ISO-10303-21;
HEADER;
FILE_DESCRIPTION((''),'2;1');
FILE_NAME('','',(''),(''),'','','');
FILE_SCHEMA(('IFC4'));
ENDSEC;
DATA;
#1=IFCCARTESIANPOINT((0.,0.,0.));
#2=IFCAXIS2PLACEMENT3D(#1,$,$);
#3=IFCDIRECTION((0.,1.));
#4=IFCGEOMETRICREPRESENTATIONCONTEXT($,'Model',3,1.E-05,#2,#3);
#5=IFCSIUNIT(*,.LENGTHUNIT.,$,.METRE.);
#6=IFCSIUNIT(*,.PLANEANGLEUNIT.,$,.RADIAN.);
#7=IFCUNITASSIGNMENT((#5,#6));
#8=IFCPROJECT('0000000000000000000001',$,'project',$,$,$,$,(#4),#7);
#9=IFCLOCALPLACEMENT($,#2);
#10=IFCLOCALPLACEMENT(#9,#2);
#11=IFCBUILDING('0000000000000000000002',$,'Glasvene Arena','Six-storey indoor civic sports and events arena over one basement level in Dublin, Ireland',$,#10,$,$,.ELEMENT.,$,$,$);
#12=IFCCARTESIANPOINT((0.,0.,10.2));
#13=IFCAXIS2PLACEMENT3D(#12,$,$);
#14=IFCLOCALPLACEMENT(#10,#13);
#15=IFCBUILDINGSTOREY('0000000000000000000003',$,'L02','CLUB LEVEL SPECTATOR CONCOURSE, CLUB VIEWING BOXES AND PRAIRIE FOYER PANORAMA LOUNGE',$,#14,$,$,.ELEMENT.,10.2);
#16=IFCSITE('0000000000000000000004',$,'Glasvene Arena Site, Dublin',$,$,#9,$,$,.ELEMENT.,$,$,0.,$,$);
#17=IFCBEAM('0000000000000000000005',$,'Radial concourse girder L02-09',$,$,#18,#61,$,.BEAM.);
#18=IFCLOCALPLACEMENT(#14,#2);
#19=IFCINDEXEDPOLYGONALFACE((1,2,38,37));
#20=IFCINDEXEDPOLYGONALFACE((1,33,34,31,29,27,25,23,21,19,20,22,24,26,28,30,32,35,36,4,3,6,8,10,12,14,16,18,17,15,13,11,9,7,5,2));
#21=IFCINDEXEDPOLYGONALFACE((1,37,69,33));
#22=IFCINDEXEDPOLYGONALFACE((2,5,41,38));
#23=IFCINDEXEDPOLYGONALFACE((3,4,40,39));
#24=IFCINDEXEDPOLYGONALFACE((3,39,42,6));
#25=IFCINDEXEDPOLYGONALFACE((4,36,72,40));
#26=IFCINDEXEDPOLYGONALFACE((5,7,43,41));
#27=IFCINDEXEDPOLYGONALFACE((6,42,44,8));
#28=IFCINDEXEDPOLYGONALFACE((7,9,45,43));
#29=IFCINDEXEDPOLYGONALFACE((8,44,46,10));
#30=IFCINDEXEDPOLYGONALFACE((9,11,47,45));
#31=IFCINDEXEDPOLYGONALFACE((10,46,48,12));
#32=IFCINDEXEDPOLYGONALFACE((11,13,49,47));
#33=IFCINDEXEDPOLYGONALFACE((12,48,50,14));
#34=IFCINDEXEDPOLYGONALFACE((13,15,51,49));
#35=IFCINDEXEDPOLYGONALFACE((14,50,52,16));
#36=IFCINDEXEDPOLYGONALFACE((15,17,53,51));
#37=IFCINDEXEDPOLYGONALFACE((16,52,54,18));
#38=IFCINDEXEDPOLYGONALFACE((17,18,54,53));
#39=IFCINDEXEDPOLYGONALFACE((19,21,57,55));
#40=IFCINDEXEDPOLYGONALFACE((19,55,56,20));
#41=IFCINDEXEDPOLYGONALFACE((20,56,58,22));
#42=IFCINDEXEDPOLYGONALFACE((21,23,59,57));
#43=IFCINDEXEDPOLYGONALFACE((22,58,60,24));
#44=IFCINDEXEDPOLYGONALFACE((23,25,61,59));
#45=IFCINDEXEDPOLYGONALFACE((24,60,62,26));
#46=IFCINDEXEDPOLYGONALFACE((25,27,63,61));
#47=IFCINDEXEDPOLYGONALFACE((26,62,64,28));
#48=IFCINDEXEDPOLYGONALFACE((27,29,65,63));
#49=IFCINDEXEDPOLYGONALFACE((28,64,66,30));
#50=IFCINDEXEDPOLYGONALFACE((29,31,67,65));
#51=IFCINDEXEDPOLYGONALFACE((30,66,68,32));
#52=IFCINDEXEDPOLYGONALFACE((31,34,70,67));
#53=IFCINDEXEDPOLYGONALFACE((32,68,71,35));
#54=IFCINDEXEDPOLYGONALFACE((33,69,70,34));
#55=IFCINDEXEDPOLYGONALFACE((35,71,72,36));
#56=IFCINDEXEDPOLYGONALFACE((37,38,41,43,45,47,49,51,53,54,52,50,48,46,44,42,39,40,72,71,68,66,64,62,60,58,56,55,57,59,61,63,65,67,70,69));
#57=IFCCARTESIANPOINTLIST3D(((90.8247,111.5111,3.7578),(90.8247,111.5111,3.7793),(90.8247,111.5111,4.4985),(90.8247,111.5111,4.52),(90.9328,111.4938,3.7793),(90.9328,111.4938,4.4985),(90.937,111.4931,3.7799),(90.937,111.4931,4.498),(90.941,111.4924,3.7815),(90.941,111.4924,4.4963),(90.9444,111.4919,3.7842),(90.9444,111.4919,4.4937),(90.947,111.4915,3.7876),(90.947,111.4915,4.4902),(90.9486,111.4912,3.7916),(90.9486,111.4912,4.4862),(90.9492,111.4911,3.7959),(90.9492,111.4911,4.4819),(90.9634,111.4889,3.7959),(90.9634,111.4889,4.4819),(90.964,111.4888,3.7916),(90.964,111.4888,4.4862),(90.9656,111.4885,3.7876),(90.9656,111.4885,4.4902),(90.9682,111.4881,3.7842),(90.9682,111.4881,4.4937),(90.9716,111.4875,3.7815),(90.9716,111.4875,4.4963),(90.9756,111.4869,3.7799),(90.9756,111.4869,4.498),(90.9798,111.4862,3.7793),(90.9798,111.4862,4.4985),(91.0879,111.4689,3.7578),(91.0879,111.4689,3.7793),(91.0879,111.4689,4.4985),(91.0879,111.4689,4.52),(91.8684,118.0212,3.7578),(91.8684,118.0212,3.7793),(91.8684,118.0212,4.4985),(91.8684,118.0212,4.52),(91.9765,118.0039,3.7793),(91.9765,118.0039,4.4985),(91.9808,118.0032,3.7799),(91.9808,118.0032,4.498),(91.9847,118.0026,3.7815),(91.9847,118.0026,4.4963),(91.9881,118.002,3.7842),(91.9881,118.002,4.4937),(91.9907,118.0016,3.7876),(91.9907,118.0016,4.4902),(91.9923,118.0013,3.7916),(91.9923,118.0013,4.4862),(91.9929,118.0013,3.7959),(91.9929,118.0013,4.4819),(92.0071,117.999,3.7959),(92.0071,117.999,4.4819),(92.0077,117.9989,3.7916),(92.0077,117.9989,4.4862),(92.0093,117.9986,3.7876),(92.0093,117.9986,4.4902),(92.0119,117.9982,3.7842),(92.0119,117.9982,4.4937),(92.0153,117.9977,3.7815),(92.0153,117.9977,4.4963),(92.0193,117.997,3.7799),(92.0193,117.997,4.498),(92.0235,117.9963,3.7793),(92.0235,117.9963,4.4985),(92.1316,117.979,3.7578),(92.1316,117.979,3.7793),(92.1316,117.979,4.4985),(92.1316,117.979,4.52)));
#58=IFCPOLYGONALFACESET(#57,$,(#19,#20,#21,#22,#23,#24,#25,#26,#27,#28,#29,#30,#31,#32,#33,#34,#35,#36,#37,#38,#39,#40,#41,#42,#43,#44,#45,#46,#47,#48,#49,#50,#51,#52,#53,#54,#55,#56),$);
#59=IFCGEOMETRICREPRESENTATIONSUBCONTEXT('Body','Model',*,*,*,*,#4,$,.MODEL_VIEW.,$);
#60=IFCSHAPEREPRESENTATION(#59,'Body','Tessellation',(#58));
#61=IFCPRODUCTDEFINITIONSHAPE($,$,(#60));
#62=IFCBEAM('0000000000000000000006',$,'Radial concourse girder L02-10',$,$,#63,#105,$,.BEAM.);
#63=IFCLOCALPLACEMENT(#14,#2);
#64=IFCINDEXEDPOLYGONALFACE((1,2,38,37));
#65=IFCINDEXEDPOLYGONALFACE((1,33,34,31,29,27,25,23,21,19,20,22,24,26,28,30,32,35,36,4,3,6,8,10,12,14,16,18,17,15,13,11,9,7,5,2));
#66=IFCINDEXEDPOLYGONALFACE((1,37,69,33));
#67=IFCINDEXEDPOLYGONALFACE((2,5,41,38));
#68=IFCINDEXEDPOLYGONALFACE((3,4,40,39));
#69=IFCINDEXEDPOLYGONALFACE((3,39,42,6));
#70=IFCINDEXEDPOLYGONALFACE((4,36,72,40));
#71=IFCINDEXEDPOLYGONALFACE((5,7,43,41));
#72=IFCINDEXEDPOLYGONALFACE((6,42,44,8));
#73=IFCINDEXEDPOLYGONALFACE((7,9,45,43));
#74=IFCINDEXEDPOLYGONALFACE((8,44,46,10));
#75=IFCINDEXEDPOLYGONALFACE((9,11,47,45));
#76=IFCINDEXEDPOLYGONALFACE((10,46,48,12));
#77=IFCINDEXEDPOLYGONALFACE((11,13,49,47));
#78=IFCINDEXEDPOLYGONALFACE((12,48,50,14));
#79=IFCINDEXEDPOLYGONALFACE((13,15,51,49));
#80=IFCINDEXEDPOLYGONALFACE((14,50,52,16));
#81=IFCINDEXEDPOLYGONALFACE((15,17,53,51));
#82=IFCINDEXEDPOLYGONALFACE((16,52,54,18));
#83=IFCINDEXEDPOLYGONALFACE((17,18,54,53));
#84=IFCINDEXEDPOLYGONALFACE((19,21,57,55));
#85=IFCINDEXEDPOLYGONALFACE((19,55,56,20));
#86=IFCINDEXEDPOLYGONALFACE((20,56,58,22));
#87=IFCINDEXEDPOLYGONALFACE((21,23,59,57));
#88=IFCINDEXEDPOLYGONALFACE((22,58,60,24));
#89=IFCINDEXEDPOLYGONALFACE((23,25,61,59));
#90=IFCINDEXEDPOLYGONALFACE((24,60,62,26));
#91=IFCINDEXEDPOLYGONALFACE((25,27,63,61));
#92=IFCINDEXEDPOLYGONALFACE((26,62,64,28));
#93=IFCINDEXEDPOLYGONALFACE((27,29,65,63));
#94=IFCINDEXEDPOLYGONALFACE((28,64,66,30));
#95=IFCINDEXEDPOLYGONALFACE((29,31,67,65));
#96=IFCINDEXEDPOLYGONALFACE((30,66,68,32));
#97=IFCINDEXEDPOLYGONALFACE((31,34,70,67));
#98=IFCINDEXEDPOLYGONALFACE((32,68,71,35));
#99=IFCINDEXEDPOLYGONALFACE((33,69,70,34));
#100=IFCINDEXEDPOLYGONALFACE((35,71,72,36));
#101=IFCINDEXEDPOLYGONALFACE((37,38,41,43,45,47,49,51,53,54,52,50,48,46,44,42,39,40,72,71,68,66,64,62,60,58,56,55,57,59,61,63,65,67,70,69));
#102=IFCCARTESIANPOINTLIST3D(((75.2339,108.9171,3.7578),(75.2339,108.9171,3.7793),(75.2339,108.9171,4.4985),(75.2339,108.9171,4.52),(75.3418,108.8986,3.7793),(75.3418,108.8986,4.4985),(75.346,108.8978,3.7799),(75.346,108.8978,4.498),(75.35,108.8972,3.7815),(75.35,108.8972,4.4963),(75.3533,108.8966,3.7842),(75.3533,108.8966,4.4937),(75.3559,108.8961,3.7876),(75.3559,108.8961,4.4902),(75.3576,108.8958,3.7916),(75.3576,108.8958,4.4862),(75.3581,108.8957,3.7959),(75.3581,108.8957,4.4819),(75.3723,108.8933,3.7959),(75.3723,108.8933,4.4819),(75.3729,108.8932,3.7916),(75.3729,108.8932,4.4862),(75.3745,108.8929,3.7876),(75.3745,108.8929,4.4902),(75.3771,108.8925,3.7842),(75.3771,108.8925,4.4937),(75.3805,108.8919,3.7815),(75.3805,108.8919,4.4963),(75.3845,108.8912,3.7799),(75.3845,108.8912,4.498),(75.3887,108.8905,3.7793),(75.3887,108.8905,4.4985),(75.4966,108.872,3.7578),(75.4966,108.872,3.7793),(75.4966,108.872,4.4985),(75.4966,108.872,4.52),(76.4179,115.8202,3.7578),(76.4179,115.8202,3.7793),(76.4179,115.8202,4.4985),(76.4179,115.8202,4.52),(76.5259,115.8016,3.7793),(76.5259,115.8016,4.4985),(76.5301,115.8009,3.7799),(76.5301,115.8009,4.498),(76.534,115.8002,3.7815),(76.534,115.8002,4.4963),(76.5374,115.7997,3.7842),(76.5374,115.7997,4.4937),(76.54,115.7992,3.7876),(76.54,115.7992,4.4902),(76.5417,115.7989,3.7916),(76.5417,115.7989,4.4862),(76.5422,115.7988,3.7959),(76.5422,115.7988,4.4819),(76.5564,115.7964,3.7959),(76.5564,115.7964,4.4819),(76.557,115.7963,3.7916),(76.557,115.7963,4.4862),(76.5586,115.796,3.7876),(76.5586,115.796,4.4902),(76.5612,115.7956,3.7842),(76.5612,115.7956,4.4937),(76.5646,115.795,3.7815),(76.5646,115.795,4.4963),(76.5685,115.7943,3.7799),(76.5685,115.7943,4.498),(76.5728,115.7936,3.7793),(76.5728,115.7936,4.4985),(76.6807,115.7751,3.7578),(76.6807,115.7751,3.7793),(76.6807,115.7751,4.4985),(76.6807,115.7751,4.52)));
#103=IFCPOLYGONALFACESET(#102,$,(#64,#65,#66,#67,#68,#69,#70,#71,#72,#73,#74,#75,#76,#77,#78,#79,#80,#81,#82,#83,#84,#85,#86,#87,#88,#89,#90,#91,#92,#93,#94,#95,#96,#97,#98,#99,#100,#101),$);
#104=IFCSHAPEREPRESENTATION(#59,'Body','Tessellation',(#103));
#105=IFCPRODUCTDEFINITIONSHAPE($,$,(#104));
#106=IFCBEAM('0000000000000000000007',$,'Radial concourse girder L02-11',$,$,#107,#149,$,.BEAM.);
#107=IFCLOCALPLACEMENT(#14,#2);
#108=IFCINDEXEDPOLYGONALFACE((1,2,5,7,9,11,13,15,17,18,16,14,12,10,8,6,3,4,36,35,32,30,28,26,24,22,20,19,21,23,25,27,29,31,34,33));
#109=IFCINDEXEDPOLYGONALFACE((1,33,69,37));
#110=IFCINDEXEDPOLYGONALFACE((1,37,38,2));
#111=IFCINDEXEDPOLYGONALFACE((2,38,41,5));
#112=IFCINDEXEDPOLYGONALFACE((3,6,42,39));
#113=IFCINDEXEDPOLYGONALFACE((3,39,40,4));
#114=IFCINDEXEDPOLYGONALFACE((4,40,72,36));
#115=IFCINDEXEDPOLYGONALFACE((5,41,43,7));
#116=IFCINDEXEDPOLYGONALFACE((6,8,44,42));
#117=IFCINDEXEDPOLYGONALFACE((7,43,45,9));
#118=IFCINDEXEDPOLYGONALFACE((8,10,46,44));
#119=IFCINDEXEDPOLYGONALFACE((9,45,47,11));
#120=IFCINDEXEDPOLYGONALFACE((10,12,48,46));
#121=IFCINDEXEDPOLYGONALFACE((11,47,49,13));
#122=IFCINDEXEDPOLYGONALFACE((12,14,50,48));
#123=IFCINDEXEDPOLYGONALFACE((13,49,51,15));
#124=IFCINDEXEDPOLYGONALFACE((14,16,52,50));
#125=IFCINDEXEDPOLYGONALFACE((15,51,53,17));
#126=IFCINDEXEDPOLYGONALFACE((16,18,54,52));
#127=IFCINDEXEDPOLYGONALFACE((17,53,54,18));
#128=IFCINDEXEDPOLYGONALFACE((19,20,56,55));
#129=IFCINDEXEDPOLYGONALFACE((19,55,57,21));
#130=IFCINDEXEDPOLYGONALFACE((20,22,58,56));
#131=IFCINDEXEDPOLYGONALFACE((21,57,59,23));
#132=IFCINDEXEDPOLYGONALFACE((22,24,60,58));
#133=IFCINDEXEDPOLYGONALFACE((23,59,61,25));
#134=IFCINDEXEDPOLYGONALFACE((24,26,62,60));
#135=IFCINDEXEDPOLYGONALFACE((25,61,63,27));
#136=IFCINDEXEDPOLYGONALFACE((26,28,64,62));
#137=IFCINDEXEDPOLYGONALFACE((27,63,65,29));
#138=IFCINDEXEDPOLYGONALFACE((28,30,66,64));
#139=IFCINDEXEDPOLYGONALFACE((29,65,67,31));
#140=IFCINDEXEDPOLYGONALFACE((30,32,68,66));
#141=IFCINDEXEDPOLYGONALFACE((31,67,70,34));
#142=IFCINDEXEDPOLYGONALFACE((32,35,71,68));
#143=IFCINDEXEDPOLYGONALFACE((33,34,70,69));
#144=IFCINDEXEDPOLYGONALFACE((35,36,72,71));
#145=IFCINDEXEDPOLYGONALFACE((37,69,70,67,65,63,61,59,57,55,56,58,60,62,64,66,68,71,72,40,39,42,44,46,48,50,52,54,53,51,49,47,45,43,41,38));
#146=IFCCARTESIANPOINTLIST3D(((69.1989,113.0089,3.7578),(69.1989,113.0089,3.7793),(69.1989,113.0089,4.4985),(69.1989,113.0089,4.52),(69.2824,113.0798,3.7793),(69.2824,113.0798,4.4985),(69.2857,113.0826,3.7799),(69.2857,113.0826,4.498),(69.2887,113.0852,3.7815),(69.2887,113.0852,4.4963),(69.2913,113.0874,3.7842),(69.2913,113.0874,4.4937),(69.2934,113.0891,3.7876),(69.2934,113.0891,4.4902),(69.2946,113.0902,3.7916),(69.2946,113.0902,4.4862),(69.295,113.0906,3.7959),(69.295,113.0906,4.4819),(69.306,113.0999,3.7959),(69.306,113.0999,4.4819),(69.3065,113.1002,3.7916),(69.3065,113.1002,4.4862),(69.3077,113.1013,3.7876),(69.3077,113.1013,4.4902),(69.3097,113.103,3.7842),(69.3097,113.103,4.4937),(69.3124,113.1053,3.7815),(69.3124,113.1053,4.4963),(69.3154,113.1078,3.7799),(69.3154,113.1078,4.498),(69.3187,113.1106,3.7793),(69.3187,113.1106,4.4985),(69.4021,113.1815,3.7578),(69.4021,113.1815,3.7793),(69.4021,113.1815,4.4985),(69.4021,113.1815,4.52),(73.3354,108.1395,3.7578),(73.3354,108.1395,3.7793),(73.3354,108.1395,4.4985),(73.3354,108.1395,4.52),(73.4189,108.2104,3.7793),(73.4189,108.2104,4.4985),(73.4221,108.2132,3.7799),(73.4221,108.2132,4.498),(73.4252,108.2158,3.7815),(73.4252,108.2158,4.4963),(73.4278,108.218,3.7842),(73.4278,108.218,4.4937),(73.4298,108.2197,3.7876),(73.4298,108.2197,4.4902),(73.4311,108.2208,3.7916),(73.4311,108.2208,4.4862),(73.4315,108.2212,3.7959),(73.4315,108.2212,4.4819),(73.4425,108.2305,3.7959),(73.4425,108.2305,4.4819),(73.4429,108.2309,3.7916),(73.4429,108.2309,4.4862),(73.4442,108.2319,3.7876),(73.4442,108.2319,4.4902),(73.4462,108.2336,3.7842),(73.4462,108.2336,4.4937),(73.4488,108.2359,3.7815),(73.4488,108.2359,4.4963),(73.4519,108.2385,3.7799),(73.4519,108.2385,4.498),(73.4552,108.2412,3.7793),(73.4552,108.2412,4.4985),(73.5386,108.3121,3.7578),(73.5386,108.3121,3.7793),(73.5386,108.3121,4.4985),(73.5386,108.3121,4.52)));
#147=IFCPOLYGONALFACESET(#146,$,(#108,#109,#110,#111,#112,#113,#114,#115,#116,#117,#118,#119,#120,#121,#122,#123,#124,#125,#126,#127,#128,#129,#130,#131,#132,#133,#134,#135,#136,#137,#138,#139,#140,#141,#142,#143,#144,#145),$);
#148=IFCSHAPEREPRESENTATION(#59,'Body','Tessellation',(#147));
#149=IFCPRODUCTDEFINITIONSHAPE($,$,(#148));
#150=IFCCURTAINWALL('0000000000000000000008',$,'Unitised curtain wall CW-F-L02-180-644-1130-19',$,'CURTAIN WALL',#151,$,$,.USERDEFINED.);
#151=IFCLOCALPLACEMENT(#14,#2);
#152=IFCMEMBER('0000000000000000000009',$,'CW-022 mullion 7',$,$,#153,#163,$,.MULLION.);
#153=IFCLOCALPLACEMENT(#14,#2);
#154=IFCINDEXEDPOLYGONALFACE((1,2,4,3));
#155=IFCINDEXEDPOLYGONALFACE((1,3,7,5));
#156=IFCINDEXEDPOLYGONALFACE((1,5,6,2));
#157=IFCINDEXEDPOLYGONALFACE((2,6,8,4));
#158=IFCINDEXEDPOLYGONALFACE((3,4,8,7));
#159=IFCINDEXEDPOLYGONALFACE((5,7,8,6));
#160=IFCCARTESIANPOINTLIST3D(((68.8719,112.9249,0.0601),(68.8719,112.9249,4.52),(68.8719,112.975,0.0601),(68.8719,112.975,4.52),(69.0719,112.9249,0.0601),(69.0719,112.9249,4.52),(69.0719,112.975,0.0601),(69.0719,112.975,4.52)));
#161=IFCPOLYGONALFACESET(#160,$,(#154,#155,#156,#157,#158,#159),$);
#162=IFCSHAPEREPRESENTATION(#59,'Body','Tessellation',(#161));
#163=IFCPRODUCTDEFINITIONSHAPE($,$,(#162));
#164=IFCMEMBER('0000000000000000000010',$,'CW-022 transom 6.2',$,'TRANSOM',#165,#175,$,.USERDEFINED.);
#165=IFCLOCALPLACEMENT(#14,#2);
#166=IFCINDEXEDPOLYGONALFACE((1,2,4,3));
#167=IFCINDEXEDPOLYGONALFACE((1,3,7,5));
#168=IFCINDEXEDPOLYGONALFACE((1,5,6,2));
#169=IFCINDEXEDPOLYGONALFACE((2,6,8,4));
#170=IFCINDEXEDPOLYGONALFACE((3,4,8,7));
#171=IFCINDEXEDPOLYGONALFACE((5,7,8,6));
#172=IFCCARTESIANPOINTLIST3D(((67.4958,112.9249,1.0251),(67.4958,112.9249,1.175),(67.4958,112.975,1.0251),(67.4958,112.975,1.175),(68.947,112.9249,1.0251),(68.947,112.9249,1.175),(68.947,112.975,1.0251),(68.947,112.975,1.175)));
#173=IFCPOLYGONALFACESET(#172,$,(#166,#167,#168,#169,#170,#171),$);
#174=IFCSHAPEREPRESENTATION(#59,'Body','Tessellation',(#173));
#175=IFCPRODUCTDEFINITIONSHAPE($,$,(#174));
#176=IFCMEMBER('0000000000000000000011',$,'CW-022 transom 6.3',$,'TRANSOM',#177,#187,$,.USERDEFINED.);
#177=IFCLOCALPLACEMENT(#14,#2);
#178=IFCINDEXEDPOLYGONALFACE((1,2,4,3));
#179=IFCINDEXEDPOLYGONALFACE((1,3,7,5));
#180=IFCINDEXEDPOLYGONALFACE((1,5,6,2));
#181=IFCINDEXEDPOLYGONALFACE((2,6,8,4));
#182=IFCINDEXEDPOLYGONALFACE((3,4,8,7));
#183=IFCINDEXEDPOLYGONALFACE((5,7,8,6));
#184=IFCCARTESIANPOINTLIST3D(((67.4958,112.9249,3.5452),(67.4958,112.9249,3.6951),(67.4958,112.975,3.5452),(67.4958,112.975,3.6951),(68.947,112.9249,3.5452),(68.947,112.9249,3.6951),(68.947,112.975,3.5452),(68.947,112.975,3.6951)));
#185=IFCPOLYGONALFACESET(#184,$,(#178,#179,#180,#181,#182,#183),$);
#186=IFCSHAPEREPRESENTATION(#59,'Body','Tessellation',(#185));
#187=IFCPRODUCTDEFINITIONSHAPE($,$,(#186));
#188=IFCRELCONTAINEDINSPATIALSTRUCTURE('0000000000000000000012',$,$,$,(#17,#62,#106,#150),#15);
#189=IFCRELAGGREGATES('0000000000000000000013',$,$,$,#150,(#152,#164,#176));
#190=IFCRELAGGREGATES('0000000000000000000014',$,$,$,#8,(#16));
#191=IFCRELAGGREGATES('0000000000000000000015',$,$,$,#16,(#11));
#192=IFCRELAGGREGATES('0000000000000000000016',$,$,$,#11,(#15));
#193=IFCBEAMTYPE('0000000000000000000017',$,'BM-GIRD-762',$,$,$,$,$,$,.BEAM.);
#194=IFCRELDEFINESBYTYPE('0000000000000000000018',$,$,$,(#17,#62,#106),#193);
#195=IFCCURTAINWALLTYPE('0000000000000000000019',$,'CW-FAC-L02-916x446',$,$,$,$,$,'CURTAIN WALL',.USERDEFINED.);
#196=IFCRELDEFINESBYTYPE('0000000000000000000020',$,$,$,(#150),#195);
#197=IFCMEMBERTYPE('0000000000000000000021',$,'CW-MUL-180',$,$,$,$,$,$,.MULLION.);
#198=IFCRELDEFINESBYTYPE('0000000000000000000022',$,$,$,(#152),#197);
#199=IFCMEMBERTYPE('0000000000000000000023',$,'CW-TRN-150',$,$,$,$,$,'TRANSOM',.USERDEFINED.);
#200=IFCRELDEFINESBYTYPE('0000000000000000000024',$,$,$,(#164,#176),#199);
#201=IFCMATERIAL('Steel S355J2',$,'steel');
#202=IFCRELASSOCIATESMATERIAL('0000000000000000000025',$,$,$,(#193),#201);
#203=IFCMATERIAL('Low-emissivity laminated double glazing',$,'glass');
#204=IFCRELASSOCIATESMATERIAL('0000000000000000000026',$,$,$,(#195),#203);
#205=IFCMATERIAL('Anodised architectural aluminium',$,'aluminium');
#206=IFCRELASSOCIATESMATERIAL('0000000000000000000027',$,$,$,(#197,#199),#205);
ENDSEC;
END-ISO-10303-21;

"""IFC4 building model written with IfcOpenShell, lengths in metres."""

from ifc_helpers import new_model, si_unit, direction, frame, origin, origin_2d, place, context, subcontext, project, spatial, rectangle, i_section, extrude, material, material_profile, profile_set, type_object, element, aggregate, save


model = new_model("IFC4")

# Units and contexts
model_context = context("Model", 3, precision=1e-05, world=origin(), true_north=direction((0.0, 1.0)))
body_context = subcontext(model_context, "Body", "Model", "MODEL_VIEW")
ifc_project = project(units=[si_unit("LENGTHUNIT", "METRE"), si_unit("PLANEANGLEUNIT", "RADIAN")], contexts=[model_context])

# Site, building, storey
site_placement = place(None, origin())
site = spatial("IfcSite", under=ifc_project, at=site_placement, Name="Glasvene Arena Site, Dublin", CompositionType="ELEMENT", RefElevation=0.0)
building_placement = place(site_placement, origin())
building = spatial("IfcBuilding", under=site, at=building_placement, Name="Glasvene Arena", Description="Six-storey indoor civic sports and events arena over one basement level in Dublin, Ireland", CompositionType="ELEMENT")
storey_placement = place(building_placement, frame((0.0, 0.0, 10.2)))
storey = spatial("IfcBuildingStorey", under=building, at=storey_placement, Name="L02", Description="CLUB LEVEL SPECTATOR CONCOURSE, CLUB VIEWING BOXES AND PRAIRIE FOYER PANORAMA LOUNGE", CompositionType="ELEMENT", Elevation=10.2)

# Shared definitions
ifc_material_1 = material(Name="Steel S355J2", Category="steel")

# Beams
ifc_material_profile_1 = material_profile(ifc_material_1, i_section(OverallWidth=0.2666, OverallDepth=0.7622, WebThickness=0.0144, FlangeThickness=0.0215, FilletRadius=0.0166, at=origin_2d()), Name="UKB 762x267x173")
ifc_profile_set_1 = profile_set([ifc_material_profile_1], Name="Steel S355J2")
beam_type_1 = type_object("IfcBeamType", Name="BM-GIRD-762", PredefinedType="BEAM", material=ifc_profile_set_1)
beam_1_placement = place(storey_placement, frame((90.9563, 111.49, 4.1389), z_axis=(0.158301, 0.987391, 0.0), x_axis=(-0.987391, 0.158301, 0.0)))
element("IfcBeam", 1, at=beam_1_placement, inside=storey, type_object=beam_type_1, Name="Radial concourse girder L02-09", PredefinedType="BEAM", context=body_context, shape_type="SweptSolid", body=[
    extrude(i_section(OverallWidth=0.2666, OverallDepth=0.7622, WebThickness=0.0144, FlangeThickness=0.0215, FilletRadius=0.0166, at=origin_2d()), origin(), (0.0, 0.0, 1.0), 6.5933),
])
beam_2_placement = place(storey_placement, frame((75.3652, 108.8945, 4.1389), z_axis=(0.169061, 0.985606, 0.0), x_axis=(-0.985606, 0.169061, 0.0)))
element("IfcBeam", 2, at=beam_2_placement, inside=storey, type_object=beam_type_1, Name="Radial concourse girder L02-10", PredefinedType="BEAM", context=body_context, shape_type="SweptSolid", body=[
    extrude(i_section(OverallWidth=0.2666, OverallDepth=0.7622, WebThickness=0.0144, FlangeThickness=0.0215, FilletRadius=0.0166, at=origin_2d()), origin(), (0.0, 0.0, 1.0), 7.0039),
])
beam_3_placement = place(storey_placement, frame((73.437, 108.2258, 4.1389), z_axis=(-0.647421, 0.762133, 0.0), x_axis=(-0.762133, -0.647421, 0.0)))
element("IfcBeam", 3, at=beam_3_placement, inside=storey, type_object=beam_type_1, Name="Radial concourse girder L02-11", PredefinedType="BEAM", context=body_context, shape_type="SweptSolid", body=[
    extrude(i_section(OverallWidth=0.2666, OverallDepth=0.7622, WebThickness=0.0144, FlangeThickness=0.0215, FilletRadius=0.0166, at=origin_2d()), origin(), (0.0, 0.0, 1.0), 6.3892),
])

# Curtain wall, members
ifc_material_2 = material(Name="Low-emissivity laminated double glazing", Category="glass")
curtain_wall_type = type_object("IfcCurtainWallType", Name="CW-FAC-L02-916x446", ElementType="CURTAIN WALL", PredefinedType="USERDEFINED", material=ifc_material_2)
curtain_wall_placement = place(storey_placement, frame((59.8401, 112.95, 0.0)))
curtain_wall = element("IfcCurtainWall", 4, at=curtain_wall_placement, inside=storey, type_object=curtain_wall_type, Name="Unitised curtain wall CW-F-L02-180-644-1130-19", ObjectType="CURTAIN WALL", PredefinedType="USERDEFINED")
ifc_material_3 = material(Name="Anodised architectural aluminium", Category="aluminium")
ifc_material_profile_2 = material_profile(ifc_material_3, rectangle(XDim=0.05, YDim=0.2, at=origin_2d()), Name="ALU MULLION 50x200")
ifc_profile_set_2 = profile_set([ifc_material_profile_2], Name="Anodised architectural aluminium")
member_type_1 = type_object("IfcMemberType", Name="CW-MUL-180", PredefinedType="MULLION", material=ifc_profile_set_2)
member_1_placement = place(storey_placement, frame((68.9719, 112.95, 0.0601), z_axis=(0.0, 0.0, 1.0), x_axis=(0.0, 1.0, 0.0)))
member_1 = element("IfcMember", 5, at=member_1_placement, type_object=member_type_1, Name="CW-022 mullion 7", PredefinedType="MULLION", context=body_context, shape_type="SweptSolid", body=[
    extrude(rectangle(XDim=0.05, YDim=0.2, at=origin_2d()), origin(), (0.0, 0.0, 1.0), 4.46),
])
ifc_material_profile_3 = material_profile(ifc_material_3, rectangle(XDim=0.05, YDim=0.1499, at=origin_2d()), Name="ALU TRANSOM 50x150")
ifc_profile_set_3 = profile_set([ifc_material_profile_3], Name="Anodised architectural aluminium")
member_type_2 = type_object("IfcMemberType", Name="CW-TRN-150", ElementType="TRANSOM", PredefinedType="USERDEFINED", material=ifc_profile_set_3)
member_2_placement = place(storey_placement, frame((67.4958, 112.95, 1.1001), z_axis=(1.0, 0.0, 0.0), x_axis=(0.0, 1.0, 0.0)))
member_2 = element("IfcMember", 6, at=member_2_placement, type_object=member_type_2, Name="CW-022 transom 6.2", ObjectType="TRANSOM", PredefinedType="USERDEFINED", context=body_context, shape_type="SweptSolid", body=[
    extrude(rectangle(XDim=0.05, YDim=0.1499, at=origin_2d()), origin(), (0.0, 0.0, 1.0), 1.4512),
])
member_3_placement = place(storey_placement, frame((67.4958, 112.95, 3.6201), z_axis=(1.0, 0.0, 0.0), x_axis=(0.0, 1.0, 0.0)))
member_3 = element("IfcMember", 7, at=member_3_placement, type_object=member_type_2, Name="CW-022 transom 6.3", ObjectType="TRANSOM", PredefinedType="USERDEFINED", context=body_context, shape_type="SweptSolid", body=[
    extrude(rectangle(XDim=0.05, YDim=0.1499, at=origin_2d()), origin(), (0.0, 0.0, 1.0), 1.4512),
])
aggregate(curtain_wall, [member_1, member_2, member_3])

save(model, "model.ifc")
